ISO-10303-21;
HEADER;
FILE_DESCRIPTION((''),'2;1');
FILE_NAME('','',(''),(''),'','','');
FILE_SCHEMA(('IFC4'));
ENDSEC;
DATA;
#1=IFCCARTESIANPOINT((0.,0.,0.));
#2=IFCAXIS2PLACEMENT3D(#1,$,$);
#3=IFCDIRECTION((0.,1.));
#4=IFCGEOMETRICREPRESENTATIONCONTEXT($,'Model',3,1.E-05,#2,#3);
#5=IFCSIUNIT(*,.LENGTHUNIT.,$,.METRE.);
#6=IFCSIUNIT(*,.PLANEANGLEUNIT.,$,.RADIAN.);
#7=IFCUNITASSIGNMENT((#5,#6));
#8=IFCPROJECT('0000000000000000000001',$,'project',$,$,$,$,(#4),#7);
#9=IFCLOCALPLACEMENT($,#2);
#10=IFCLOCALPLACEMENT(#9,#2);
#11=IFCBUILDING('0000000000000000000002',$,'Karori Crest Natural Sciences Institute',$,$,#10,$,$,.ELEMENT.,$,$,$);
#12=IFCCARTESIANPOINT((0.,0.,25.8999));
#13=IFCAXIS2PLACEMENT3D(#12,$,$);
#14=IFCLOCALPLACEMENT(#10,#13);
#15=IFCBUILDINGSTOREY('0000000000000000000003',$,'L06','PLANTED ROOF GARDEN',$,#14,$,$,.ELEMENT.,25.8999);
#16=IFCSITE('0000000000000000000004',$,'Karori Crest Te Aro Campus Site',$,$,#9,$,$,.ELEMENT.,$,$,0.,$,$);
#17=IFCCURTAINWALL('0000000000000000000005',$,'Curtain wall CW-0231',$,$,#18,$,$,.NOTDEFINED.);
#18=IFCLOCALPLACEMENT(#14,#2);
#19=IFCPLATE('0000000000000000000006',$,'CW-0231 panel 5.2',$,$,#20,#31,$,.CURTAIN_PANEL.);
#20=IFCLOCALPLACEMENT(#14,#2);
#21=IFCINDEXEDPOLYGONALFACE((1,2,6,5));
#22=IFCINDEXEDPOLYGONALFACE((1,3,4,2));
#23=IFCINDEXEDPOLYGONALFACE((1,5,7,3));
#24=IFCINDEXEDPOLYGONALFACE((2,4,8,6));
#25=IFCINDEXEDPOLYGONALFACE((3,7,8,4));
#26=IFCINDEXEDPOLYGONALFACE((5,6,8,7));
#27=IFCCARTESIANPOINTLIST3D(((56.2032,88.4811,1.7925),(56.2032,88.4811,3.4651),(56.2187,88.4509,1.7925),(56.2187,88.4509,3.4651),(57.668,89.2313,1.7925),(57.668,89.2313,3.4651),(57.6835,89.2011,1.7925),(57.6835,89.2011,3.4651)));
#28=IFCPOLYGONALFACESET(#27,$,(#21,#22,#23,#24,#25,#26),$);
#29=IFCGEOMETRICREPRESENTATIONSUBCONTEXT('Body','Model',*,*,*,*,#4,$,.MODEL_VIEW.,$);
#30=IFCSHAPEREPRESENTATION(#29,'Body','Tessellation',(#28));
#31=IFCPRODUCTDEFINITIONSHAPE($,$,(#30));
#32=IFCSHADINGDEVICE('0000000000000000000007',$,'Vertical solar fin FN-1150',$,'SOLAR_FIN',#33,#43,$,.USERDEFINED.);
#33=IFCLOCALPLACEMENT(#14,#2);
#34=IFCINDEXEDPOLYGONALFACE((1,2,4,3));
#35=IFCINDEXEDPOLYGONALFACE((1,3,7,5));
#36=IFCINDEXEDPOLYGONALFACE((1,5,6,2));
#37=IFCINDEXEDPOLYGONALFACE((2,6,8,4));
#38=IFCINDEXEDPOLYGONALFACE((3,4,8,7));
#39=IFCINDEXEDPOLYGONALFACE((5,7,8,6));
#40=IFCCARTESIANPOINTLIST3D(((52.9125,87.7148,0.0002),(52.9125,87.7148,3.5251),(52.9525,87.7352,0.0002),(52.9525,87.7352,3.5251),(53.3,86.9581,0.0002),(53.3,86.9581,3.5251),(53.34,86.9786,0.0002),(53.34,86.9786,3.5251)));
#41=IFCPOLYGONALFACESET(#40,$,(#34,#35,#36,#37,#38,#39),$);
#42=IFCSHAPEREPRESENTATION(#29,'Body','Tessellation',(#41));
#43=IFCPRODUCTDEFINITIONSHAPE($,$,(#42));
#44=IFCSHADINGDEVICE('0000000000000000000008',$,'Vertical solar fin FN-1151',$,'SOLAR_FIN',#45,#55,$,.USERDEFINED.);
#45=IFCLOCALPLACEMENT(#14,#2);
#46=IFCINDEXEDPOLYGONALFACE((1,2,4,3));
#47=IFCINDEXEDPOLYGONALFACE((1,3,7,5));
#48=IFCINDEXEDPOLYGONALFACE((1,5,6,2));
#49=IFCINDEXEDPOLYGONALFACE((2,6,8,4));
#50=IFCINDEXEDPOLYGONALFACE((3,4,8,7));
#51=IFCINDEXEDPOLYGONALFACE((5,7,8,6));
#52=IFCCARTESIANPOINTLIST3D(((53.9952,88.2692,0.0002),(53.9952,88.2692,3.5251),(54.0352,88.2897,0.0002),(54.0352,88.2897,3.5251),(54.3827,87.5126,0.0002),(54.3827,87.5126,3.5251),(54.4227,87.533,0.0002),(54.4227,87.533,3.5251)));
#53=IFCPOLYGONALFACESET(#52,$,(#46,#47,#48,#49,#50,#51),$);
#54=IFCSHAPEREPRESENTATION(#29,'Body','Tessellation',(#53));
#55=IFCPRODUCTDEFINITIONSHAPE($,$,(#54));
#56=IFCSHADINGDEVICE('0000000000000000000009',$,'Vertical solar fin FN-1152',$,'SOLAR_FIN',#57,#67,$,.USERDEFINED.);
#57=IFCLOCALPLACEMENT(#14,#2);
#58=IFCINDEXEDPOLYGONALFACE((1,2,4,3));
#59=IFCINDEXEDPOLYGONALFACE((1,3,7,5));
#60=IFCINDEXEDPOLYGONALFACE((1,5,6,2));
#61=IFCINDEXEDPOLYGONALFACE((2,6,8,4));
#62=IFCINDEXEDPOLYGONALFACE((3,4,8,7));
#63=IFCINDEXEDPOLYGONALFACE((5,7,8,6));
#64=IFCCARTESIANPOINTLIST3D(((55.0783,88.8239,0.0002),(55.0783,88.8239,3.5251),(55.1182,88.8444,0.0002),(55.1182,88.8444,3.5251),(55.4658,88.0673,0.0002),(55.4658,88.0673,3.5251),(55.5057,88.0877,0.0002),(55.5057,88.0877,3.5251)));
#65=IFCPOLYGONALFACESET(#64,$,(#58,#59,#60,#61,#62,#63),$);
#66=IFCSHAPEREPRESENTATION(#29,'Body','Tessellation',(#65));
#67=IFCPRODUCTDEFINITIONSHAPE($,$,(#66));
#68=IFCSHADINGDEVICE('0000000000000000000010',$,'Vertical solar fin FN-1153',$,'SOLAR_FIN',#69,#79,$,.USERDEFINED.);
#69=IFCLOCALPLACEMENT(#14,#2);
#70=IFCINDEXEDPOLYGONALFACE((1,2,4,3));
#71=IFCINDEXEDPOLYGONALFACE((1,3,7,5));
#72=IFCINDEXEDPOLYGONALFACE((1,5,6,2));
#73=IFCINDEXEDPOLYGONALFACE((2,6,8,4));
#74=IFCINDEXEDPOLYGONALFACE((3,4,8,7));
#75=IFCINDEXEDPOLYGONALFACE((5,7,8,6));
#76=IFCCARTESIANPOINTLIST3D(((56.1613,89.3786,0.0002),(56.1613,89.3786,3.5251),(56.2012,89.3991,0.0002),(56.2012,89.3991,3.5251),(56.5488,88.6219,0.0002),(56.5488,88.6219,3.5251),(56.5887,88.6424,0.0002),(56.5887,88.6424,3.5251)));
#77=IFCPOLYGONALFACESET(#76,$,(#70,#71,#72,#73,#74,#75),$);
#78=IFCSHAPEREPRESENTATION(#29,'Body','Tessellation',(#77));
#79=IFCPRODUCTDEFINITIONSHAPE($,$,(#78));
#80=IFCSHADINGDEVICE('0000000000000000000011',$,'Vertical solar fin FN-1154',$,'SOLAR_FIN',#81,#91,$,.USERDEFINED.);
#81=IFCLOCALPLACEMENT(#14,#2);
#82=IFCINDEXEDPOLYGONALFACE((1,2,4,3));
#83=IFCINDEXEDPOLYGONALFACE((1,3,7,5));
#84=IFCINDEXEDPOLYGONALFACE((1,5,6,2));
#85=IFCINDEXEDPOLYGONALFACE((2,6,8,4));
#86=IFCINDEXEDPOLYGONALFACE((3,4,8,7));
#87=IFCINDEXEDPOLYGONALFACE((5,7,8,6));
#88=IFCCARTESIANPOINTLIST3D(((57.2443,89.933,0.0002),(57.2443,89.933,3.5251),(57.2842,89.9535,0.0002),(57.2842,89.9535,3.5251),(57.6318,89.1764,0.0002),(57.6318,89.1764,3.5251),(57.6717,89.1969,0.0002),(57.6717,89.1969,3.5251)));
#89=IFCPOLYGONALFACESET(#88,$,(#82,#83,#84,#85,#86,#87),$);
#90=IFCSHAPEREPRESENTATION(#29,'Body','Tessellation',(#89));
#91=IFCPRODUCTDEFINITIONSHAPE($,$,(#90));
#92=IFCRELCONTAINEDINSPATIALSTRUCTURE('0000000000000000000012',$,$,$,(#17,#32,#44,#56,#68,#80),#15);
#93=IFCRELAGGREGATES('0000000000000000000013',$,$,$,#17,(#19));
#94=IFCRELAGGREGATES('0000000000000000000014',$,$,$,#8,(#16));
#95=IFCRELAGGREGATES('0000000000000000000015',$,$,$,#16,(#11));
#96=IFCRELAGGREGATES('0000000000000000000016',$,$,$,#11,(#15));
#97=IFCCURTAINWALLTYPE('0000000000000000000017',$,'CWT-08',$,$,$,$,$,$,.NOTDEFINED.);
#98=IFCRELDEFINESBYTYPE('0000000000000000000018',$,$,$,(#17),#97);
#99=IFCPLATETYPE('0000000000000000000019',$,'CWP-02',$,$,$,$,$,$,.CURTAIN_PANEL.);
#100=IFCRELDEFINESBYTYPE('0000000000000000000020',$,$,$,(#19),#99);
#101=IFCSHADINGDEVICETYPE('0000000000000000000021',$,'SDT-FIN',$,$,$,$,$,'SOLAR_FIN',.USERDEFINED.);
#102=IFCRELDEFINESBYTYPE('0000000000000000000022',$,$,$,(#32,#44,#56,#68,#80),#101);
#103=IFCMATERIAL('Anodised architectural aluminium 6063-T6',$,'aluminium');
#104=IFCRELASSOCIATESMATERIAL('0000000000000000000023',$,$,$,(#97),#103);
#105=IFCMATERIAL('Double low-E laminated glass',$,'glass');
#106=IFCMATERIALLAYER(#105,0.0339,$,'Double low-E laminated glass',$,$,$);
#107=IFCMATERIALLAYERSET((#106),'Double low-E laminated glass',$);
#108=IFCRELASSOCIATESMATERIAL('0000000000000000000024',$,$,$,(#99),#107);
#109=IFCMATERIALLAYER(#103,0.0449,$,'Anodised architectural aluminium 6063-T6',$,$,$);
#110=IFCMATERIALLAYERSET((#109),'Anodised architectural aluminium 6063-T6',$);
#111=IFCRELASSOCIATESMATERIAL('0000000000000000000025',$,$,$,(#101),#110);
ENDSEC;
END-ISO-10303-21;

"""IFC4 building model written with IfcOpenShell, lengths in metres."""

from ifc_helpers import new_model, si_unit, direction, frame, origin, origin_2d, place, context, subcontext, project, spatial, rectangle, extrude, material, layer, layer_set, type_object, element, aggregate, save


model = new_model("IFC4")

# Units and contexts
model_context = context("Model", 3, precision=1e-05, world=origin(), true_north=direction((0.0, 1.0)))
body_context = subcontext(model_context, "Body", "Model", "MODEL_VIEW")
ifc_project = project(units=[si_unit("LENGTHUNIT", "METRE"), si_unit("PLANEANGLEUNIT", "RADIAN")], contexts=[model_context])

# Site, building, storey
site_placement = place(None, origin())
site = spatial("IfcSite", under=ifc_project, at=site_placement, Name="Karori Crest Te Aro Campus Site", CompositionType="ELEMENT", RefElevation=0.0)
building_placement = place(site_placement, origin())
building = spatial("IfcBuilding", under=site, at=building_placement, Name="Karori Crest Natural Sciences Institute", CompositionType="ELEMENT")
storey_placement = place(building_placement, frame((0.0, 0.0, 25.8999)))
storey = spatial("IfcBuildingStorey", under=building, at=storey_placement, Name="L06", Description="PLANTED ROOF GARDEN", CompositionType="ELEMENT", Elevation=25.8999)

# Curtain wall, plate
ifc_material_1 = material(Name="Anodised architectural aluminium 6063-T6", Category="aluminium")
curtain_wall_type = type_object("IfcCurtainWallType", Name="CWT-08", PredefinedType="NOTDEFINED", material=ifc_material_1)
curtain_wall_placement = place(storey_placement, origin())
curtain_wall = element("IfcCurtainWall", 1, at=curtain_wall_placement, inside=storey, type_object=curtain_wall_type, Name="Curtain wall CW-0231", PredefinedType="NOTDEFINED")
ifc_material_2 = material(Name="Double low-E laminated glass", Category="glass")
ifc_layer_1 = layer(ifc_material_2, 0.0339, Name="Double low-E laminated glass")
ifc_layer_set_1 = layer_set([ifc_layer_1], Name="Double low-E laminated glass")
plate_type = type_object("IfcPlateType", Name="CWP-02", PredefinedType="CURTAIN_PANEL", material=ifc_layer_set_1)
plate_1_placement = place(storey_placement, frame((56.9434, 88.8411, 1.7925), z_axis=(0.0, 0.0, 1.0), x_axis=(0.890067, 0.455829, 0.0)))
plate_1 = element("IfcPlate", 2, at=plate_1_placement, type_object=plate_type, Name="CW-0231 panel 5.2", PredefinedType="CURTAIN_PANEL", context=body_context, shape_type="SweptSolid", body=[
    extrude(rectangle(XDim=1.6458, YDim=0.0339, at=origin_2d()), origin(), (0.0, 0.0, 1.0), 1.6726),
])
aggregate(curtain_wall, [plate_1])

# Shading devices
ifc_layer_2 = layer(ifc_material_1, 0.0449, Name="Anodised architectural aluminium 6063-T6")
ifc_layer_set_2 = layer_set([ifc_layer_2], Name="Anodised architectural aluminium 6063-T6")
shading_device_type = type_object("IfcShadingDeviceType", Name="SDT-FIN", ElementType="SOLAR_FIN", PredefinedType="USERDEFINED", material=ifc_layer_set_2)
for number, where, z_axis, x_axis, name in (
    (3, (53.1262, 87.3467, 0.0002), (0.0, 0.0, 1.0), (-0.455829, 0.890067, 0.0), "Vertical solar fin FN-1150"),
    (4, (54.209, 87.9011, 0.0002), (0.0, 0.0, 1.0), (-0.455829, 0.890067, 0.0), "Vertical solar fin FN-1151"),
    (5, (55.292, 88.4558, 0.0002), (0.0, 0.0, 1.0), (-0.455829, 0.890067, 0.0), "Vertical solar fin FN-1152"),
    (6, (56.375, 89.0105, 0.0002), (0.0, 0.0, 1.0), (-0.455829, 0.890067, 0.0), "Vertical solar fin FN-1153"),
    (7, (57.458, 89.5649, 0.0002), (0.0, 0.0, 1.0), (-0.455829, 0.890067, 0.0), "Vertical solar fin FN-1154"),
):
    element("IfcShadingDevice", number, at=place(storey_placement, frame(where, z_axis=z_axis, x_axis=x_axis)), inside=storey, type_object=shading_device_type, Name=name, ObjectType="SOLAR_FIN", PredefinedType="USERDEFINED", context=body_context, shape_type="SweptSolid", body=[
        extrude(rectangle(XDim=0.8501, YDim=0.0449, at=origin_2d()), origin(), (0.0, 0.0, 1.0), 3.5249),
    ])

save(model, "model.ifc")
